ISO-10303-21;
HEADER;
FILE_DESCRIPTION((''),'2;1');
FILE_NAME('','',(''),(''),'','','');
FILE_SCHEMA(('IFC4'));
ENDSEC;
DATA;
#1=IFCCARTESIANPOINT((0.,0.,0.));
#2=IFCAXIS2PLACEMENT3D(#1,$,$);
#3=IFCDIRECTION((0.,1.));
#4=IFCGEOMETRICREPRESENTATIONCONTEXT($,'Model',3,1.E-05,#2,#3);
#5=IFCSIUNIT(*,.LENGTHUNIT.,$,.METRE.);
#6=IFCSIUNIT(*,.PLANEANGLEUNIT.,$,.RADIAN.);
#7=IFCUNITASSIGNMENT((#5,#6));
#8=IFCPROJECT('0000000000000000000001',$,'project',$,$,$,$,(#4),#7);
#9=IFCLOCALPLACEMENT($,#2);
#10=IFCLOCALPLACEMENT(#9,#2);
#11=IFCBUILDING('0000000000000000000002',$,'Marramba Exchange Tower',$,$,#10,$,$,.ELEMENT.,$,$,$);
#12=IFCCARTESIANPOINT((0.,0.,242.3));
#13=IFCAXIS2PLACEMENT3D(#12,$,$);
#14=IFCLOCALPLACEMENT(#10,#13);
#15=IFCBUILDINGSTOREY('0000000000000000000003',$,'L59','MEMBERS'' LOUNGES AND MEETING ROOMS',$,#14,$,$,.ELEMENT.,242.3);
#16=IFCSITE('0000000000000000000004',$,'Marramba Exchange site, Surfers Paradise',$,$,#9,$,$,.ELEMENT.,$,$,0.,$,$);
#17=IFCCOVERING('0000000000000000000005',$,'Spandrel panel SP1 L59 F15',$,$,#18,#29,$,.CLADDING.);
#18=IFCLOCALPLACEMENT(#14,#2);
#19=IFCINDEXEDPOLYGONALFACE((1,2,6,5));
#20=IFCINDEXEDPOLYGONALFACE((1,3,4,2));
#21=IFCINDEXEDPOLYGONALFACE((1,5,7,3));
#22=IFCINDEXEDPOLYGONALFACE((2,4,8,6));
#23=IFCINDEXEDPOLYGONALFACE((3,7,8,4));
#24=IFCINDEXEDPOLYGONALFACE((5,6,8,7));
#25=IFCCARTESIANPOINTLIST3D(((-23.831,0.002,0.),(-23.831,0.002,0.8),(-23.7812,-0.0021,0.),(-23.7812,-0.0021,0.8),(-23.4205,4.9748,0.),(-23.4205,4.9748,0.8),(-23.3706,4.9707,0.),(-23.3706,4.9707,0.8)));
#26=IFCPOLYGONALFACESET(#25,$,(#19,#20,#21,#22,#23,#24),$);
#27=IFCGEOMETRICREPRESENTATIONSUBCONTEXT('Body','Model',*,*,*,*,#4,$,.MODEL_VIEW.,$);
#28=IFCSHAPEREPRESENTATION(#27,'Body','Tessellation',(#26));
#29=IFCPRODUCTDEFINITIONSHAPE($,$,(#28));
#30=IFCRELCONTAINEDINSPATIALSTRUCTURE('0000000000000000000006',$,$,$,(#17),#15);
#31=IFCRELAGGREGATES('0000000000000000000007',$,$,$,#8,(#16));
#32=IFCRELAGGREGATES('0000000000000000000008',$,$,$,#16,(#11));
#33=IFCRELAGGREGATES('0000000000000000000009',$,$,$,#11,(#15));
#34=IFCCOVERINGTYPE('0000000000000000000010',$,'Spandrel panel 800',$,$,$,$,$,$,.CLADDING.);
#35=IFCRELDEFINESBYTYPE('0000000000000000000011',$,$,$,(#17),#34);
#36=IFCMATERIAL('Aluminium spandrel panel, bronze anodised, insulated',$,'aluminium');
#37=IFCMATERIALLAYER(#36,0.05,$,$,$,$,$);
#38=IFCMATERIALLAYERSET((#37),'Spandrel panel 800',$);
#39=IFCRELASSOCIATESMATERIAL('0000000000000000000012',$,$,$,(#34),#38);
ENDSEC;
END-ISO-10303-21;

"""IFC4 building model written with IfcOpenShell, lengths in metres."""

from ifc_helpers import new_model, si_unit, direction, frame, origin, origin_2d, place, context, subcontext, project, spatial, rectangle, extrude, material, layer, layer_set, type_object, element, save


model = new_model("IFC4")

# Units and contexts
model_context = context("Model", 3, precision=1e-05, world=origin(), true_north=direction((0.0, 1.0)))
body_context = subcontext(model_context, "Body", "Model", "MODEL_VIEW")
ifc_project = project(units=[si_unit("LENGTHUNIT", "METRE"), si_unit("PLANEANGLEUNIT", "RADIAN")], contexts=[model_context])

# Site, building, storey
site_placement = place(None, origin())
site = spatial("IfcSite", under=ifc_project, at=site_placement, Name="Marramba Exchange site, Surfers Paradise", CompositionType="ELEMENT", RefElevation=0.0)
building_placement = place(site_placement, origin())
building = spatial("IfcBuilding", under=site, at=building_placement, Name="Marramba Exchange Tower", CompositionType="ELEMENT")
storey_placement = place(building_placement, frame((0.0, 0.0, 242.3)))
storey = spatial("IfcBuildingStorey", under=building, at=storey_placement, Name="L59", Description="MEMBERS' LOUNGES AND MEETING ROOMS", CompositionType="ELEMENT", Elevation=242.3)

# Covering
ifc_material_1 = material(Name="Aluminium spandrel panel, bronze anodised, insulated", Category="aluminium")
ifc_layer_1 = layer(ifc_material_1, 0.05)
ifc_layer_set_1 = layer_set([ifc_layer_1], Name="Spandrel panel 800")
covering_type = type_object("IfcCoveringType", Name="Spandrel panel 800", PredefinedType="CLADDING", material=ifc_layer_set_1)
covering_1_placement = place(storey_placement, frame((-23.6008, 2.4863, 0.0), z_axis=(0.0, 0.0, 1.0), x_axis=(-0.082281, -0.996609, 0.0)))
element("IfcCovering", 1, at=covering_1_placement, inside=storey, type_object=covering_type, Name="Spandrel panel SP1 L59 F15", PredefinedType="CLADDING", context=body_context, shape_type="SweptSolid", body=[
    extrude(rectangle(XDim=4.9897, YDim=0.05, at=origin_2d()), origin(), (0.0, 0.0, 1.0), 0.8),
])

save(model, "model.ifc")
